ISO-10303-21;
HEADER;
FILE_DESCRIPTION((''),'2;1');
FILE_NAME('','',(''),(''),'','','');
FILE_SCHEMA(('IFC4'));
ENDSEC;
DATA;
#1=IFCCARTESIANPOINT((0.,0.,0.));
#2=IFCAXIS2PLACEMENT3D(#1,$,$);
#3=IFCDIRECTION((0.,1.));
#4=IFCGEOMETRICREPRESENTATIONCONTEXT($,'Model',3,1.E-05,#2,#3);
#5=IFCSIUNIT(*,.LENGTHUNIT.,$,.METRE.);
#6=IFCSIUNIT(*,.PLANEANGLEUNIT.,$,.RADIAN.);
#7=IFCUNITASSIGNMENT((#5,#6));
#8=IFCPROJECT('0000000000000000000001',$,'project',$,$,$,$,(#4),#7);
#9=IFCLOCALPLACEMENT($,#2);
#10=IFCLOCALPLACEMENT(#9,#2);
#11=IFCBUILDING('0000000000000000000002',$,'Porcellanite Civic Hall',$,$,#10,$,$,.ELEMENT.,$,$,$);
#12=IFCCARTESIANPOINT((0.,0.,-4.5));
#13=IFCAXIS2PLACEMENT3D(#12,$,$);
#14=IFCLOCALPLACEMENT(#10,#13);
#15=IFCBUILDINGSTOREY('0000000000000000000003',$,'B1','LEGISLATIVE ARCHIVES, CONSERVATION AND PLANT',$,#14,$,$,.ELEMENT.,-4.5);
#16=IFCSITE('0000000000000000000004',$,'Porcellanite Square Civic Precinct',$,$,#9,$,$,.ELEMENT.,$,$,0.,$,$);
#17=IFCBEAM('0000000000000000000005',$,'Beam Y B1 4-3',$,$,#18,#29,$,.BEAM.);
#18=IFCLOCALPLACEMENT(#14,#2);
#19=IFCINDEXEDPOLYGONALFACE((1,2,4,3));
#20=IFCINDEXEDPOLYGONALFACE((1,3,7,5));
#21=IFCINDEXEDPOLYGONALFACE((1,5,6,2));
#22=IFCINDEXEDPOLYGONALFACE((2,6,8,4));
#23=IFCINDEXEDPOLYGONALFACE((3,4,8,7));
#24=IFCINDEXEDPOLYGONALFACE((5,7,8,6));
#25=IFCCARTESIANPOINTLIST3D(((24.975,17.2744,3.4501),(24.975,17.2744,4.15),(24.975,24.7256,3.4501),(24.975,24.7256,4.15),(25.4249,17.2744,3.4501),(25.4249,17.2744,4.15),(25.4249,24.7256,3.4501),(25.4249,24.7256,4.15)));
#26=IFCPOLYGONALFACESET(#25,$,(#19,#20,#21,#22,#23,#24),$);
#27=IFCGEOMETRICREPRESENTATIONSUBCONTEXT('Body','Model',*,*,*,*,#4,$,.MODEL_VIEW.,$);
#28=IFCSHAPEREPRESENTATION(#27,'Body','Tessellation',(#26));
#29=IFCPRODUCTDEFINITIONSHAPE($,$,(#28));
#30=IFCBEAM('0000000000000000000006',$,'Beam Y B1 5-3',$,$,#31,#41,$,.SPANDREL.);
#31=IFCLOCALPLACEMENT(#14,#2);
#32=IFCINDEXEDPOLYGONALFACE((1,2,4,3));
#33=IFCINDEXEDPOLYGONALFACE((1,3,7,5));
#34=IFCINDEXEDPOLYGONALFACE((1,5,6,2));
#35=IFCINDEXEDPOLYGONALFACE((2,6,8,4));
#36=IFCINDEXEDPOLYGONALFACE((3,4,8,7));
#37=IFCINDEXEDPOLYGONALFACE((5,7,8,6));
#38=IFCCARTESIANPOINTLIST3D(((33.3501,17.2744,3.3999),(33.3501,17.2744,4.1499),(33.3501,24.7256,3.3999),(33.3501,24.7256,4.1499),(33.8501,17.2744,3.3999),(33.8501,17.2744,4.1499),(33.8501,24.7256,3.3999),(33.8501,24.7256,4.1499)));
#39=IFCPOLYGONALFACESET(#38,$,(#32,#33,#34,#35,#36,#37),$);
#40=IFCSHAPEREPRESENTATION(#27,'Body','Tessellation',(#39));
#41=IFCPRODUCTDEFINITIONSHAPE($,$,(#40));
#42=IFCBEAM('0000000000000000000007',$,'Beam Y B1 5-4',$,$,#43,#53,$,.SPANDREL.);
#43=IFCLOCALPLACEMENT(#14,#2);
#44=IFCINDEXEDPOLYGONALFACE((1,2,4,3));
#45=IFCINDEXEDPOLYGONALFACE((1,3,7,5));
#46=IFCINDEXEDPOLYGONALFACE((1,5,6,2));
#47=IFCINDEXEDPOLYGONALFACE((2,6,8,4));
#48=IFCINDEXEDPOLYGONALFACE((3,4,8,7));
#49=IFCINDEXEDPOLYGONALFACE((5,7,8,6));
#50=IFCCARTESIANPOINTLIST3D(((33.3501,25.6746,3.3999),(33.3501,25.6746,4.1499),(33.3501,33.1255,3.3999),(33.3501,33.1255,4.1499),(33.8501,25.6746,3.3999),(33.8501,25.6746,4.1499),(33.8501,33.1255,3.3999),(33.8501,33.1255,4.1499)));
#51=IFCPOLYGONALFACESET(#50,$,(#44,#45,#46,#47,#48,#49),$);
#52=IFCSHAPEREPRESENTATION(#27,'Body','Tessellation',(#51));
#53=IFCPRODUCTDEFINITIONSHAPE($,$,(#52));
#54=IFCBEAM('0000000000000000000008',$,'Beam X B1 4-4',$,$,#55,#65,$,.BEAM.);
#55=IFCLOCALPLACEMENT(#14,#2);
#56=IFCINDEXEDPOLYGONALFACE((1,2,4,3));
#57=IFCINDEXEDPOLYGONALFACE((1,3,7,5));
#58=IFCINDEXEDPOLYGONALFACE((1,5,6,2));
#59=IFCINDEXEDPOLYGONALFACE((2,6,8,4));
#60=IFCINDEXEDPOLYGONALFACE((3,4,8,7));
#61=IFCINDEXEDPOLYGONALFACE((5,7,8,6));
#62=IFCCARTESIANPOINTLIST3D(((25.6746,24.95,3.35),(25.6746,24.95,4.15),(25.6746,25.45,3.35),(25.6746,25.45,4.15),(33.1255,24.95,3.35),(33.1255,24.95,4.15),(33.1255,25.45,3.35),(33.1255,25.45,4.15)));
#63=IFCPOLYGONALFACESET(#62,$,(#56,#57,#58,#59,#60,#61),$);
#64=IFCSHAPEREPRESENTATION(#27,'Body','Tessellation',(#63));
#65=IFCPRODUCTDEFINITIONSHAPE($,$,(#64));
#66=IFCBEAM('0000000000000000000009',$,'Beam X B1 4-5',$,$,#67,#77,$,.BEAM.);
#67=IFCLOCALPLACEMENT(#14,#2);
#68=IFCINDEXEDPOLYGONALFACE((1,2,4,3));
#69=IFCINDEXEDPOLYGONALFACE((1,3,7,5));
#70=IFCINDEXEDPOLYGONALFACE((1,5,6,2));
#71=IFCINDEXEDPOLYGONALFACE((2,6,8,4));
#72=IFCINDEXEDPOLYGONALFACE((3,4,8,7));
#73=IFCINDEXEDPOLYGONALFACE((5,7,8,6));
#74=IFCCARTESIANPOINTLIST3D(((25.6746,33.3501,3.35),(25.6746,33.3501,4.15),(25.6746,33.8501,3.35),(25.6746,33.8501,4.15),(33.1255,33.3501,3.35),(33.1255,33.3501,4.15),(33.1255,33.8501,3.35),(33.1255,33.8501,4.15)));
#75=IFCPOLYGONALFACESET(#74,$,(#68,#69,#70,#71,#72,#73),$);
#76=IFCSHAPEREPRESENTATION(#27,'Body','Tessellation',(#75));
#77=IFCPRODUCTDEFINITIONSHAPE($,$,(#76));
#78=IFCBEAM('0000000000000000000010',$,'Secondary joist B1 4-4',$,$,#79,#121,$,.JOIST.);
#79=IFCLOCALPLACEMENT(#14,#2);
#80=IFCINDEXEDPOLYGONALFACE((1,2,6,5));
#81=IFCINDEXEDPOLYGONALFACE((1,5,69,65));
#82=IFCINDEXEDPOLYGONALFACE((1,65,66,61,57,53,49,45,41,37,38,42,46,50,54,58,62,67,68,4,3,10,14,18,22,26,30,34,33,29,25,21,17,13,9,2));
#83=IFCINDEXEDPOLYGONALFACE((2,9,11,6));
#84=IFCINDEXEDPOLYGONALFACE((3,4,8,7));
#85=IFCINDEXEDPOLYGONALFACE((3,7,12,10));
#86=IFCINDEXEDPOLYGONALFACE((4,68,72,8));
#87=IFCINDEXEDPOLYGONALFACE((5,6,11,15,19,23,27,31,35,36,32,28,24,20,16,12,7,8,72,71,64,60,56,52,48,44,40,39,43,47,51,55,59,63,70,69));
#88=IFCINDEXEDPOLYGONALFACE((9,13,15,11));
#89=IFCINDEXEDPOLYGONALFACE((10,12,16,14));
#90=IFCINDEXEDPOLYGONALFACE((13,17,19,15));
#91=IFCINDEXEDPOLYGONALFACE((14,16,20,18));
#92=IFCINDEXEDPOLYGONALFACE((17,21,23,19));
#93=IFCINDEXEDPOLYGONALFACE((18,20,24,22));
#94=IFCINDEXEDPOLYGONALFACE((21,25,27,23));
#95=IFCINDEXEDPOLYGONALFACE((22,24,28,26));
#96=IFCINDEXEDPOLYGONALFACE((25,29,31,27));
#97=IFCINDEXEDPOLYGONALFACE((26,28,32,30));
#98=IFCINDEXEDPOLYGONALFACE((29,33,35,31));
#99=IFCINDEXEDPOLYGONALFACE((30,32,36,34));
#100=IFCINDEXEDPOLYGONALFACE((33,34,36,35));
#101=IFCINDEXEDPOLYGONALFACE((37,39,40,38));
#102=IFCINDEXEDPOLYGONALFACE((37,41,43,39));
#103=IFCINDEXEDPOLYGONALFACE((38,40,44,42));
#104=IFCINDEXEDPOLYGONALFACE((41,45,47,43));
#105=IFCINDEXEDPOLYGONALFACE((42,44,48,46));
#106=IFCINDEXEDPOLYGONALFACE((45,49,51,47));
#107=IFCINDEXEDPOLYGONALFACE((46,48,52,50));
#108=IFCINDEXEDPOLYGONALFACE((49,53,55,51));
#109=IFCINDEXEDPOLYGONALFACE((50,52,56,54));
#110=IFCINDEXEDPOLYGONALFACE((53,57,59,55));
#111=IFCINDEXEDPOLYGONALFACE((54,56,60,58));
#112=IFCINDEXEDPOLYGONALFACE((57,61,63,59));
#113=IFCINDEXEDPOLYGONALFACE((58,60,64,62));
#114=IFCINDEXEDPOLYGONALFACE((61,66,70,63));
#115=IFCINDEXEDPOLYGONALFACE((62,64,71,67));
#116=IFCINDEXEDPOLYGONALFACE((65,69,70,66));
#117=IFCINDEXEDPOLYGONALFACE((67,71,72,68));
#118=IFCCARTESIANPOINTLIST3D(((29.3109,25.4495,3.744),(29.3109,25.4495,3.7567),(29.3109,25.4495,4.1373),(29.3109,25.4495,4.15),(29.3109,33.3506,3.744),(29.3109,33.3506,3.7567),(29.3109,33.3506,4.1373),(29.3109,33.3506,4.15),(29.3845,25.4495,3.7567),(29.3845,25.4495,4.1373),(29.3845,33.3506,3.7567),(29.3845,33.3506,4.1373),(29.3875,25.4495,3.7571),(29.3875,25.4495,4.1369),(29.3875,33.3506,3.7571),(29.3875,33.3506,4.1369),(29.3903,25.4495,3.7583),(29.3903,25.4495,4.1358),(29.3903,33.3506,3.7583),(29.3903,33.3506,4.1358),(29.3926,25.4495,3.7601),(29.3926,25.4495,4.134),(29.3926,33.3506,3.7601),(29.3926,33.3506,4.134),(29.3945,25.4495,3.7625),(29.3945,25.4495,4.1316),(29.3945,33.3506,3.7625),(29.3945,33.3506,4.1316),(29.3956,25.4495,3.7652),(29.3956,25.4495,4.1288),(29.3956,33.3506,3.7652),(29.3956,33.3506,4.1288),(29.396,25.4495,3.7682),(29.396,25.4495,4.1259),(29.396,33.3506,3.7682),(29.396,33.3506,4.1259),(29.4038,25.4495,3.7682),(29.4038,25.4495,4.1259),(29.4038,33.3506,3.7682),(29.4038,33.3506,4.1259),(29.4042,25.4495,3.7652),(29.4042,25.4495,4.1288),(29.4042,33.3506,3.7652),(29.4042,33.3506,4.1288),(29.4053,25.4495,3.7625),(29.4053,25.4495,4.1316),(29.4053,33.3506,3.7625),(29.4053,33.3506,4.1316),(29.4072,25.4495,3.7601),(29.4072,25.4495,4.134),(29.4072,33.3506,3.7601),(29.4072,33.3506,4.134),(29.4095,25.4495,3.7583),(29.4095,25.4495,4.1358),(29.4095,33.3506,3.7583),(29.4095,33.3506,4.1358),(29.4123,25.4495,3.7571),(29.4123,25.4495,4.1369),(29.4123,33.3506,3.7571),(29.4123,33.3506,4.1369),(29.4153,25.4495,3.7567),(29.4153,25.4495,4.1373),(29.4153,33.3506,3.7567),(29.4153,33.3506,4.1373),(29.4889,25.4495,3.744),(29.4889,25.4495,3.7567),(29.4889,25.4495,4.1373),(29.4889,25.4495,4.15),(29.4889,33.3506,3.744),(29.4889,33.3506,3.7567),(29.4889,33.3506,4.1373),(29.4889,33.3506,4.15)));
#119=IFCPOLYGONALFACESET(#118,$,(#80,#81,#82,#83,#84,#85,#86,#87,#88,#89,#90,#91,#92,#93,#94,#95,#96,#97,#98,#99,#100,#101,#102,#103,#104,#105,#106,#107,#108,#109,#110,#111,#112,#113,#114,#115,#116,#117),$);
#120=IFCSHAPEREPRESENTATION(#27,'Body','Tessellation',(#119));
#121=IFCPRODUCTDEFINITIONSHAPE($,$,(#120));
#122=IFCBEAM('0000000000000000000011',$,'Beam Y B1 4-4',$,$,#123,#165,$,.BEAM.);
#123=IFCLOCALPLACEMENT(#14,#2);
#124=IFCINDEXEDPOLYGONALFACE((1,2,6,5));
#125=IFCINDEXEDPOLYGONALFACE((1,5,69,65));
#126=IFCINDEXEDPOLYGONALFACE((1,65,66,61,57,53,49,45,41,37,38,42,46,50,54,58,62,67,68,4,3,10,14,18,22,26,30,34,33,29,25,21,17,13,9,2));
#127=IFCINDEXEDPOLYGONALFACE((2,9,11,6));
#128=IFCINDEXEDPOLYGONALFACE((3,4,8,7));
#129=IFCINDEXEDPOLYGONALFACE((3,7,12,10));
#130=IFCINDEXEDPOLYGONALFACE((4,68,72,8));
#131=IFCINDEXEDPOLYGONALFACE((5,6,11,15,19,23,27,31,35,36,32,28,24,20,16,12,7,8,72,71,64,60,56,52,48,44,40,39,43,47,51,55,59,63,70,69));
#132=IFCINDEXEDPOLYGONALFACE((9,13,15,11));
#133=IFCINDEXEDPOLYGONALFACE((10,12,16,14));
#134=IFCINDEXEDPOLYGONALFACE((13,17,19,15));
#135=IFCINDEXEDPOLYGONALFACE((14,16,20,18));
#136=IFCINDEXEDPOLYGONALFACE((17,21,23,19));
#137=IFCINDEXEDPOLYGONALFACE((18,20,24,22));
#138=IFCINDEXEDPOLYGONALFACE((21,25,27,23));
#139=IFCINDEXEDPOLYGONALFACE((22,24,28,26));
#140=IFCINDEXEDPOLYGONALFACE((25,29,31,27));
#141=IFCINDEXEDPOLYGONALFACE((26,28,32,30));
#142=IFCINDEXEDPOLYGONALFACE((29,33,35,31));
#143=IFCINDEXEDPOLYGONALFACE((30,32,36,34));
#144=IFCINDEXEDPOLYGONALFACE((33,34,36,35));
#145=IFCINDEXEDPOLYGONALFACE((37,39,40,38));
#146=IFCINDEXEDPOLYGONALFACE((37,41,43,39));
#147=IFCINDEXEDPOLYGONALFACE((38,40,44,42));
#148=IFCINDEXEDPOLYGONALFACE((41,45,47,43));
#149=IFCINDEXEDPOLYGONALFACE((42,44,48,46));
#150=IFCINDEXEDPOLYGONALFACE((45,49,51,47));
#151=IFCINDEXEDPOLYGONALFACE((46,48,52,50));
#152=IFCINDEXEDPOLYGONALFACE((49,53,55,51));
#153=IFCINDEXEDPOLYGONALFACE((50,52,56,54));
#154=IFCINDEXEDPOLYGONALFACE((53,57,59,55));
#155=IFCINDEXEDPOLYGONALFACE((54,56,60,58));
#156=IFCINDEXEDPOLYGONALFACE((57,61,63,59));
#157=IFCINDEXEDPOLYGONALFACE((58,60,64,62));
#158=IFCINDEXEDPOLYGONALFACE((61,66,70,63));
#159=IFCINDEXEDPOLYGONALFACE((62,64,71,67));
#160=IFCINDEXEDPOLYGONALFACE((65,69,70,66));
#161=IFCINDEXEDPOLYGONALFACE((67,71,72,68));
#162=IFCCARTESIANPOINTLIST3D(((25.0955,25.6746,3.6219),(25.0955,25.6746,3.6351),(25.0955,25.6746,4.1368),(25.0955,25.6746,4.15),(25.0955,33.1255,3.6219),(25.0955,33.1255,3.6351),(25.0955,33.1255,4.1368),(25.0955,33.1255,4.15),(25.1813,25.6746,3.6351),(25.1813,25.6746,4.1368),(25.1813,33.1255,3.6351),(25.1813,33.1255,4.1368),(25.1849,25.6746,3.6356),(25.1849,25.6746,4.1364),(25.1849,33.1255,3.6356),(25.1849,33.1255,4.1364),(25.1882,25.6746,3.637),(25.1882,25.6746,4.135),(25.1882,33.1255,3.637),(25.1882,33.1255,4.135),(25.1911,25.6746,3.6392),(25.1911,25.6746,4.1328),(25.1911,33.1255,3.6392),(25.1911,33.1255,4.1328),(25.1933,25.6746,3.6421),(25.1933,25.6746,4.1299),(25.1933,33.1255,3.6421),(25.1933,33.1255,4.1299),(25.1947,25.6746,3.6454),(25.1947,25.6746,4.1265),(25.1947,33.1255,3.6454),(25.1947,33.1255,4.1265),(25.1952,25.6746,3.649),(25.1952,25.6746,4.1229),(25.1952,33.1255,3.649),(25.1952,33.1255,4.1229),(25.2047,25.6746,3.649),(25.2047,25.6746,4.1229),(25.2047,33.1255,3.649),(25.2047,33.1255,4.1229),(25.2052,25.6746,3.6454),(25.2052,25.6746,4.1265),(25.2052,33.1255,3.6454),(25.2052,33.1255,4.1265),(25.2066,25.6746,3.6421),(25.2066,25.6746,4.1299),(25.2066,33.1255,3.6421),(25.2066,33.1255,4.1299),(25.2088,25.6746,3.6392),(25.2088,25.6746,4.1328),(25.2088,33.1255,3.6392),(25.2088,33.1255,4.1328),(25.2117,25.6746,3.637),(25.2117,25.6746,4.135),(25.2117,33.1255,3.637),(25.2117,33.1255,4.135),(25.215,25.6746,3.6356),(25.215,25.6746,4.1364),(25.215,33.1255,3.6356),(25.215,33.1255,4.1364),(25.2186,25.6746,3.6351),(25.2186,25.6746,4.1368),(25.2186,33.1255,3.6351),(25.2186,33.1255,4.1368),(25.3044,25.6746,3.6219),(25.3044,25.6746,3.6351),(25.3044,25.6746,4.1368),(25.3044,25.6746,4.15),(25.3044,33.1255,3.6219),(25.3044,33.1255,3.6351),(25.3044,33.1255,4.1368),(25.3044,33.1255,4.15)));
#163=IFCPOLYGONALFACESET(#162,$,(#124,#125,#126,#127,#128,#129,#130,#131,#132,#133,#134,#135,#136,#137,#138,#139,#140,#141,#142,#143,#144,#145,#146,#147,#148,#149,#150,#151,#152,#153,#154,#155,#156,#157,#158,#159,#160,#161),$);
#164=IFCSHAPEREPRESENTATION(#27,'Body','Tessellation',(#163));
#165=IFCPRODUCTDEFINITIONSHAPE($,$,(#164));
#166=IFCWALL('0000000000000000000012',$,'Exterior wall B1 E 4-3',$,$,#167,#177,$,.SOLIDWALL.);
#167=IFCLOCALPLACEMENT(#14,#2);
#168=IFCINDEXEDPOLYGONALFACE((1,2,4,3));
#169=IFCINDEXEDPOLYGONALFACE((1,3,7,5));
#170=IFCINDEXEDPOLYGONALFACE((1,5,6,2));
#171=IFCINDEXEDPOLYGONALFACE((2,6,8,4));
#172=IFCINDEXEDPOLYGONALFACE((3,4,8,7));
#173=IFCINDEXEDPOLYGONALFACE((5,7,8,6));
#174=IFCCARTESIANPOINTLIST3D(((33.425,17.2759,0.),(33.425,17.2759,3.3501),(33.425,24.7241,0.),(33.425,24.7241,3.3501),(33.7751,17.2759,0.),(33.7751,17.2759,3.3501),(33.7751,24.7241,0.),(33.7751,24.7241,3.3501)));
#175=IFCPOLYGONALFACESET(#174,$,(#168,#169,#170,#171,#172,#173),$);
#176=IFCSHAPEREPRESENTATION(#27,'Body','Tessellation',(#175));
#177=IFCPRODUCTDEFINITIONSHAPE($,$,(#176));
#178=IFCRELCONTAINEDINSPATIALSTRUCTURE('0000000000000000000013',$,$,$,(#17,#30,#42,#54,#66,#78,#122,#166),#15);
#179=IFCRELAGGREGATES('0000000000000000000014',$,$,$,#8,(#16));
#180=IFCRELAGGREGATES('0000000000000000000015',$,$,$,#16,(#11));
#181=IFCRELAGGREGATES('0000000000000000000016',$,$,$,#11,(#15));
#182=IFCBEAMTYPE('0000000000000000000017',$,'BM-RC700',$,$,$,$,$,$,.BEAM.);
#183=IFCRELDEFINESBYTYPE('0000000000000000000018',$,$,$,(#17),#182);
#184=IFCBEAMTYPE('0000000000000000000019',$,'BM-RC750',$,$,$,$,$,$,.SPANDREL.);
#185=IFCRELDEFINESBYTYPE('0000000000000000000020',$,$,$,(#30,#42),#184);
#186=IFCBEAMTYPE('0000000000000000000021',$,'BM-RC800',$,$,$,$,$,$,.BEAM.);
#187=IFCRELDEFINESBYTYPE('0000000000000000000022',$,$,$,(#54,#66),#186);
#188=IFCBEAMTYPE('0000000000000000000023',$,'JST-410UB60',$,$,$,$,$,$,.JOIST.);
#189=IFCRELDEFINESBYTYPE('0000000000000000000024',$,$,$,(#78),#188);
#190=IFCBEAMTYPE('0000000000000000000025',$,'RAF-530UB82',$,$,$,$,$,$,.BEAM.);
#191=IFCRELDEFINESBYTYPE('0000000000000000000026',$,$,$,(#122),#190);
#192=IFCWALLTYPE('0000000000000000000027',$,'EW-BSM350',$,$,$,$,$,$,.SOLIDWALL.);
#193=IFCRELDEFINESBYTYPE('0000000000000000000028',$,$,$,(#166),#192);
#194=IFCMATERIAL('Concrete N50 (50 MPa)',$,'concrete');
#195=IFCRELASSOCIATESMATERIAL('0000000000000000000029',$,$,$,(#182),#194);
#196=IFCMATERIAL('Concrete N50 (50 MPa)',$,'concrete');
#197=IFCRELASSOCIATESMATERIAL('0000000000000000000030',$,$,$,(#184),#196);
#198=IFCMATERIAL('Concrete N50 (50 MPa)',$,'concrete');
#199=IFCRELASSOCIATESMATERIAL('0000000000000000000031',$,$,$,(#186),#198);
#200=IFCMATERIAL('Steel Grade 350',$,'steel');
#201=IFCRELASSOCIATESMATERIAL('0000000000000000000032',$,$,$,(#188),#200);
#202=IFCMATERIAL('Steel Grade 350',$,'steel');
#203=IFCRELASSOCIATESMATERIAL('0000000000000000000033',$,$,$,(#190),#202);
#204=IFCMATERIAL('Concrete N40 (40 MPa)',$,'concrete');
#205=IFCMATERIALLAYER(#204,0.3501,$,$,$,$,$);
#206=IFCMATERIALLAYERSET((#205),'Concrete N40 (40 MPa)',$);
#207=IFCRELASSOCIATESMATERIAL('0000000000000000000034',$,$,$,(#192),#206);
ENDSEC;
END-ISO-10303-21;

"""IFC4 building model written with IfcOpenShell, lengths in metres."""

from ifc_helpers import new_model, si_unit, direction, frame, frame_2d, origin, origin_2d, place, context, subcontext, project, spatial, rectangle, i_section, extrude, material, layer, layer_set, material_profile, profile_set, type_object, element, save


model = new_model("IFC4")

# Units and contexts
model_context = context("Model", 3, precision=1e-05, world=origin(), true_north=direction((0.0, 1.0)))
body_context = subcontext(model_context, "Body", "Model", "MODEL_VIEW")
ifc_project = project(units=[si_unit("LENGTHUNIT", "METRE"), si_unit("PLANEANGLEUNIT", "RADIAN")], contexts=[model_context])

# Site, building, storey
site_placement = place(None, origin())
site = spatial("IfcSite", under=ifc_project, at=site_placement, Name="Porcellanite Square Civic Precinct", CompositionType="ELEMENT", RefElevation=0.0)
building_placement = place(site_placement, origin())
building = spatial("IfcBuilding", under=site, at=building_placement, Name="Porcellanite Civic Hall", CompositionType="ELEMENT")
storey_placement = place(building_placement, frame((0.0, 0.0, -4.5)))
storey = spatial("IfcBuildingStorey", under=building, at=storey_placement, Name="B1", Description="LEGISLATIVE ARCHIVES, CONSERVATION AND PLANT", CompositionType="ELEMENT", Elevation=-4.5)

# Beams
ifc_material_1 = material(Name="Concrete N50 (50 MPa)", Category="concrete")
ifc_material_profile_1 = material_profile(ifc_material_1, rectangle(XDim=0.45, YDim=0.7, at=origin_2d()), Name="RC-450x700")
ifc_profile_set_1 = profile_set([ifc_material_profile_1], Name="Concrete N50 (50 MPa)")
beam_type_1 = type_object("IfcBeamType", Name="BM-RC700", PredefinedType="BEAM", material=ifc_profile_set_1)
beam_1_placement = place(storey_placement, frame((25.2, 17.2744, 3.8), z_axis=(0.0, 1.0, 0.0), x_axis=(-1.0, 0.0, 0.0)))
element("IfcBeam", 1, at=beam_1_placement, inside=storey, type_object=beam_type_1, Name="Beam Y B1 4-3", PredefinedType="BEAM", context=body_context, shape_type="SweptSolid", body=[
    extrude(rectangle(XDim=0.45, YDim=0.7, at=origin_2d()), origin(), (0.0, 0.0, 1.0), 7.4512),
])
ifc_material_2 = material(Name="Concrete N50 (50 MPa)", Category="concrete")
ifc_material_profile_2 = material_profile(ifc_material_2, rectangle(XDim=0.5, YDim=0.75, at=origin_2d()), Name="RC-500x750")
ifc_profile_set_2 = profile_set([ifc_material_profile_2], Name="Concrete N50 (50 MPa)")
beam_type_2 = type_object("IfcBeamType", Name="BM-RC750", PredefinedType="SPANDREL", material=ifc_profile_set_2)
beam_2_placement = place(storey_placement, frame((33.6001, 17.2744, 3.7749), z_axis=(0.0, 1.0, 0.0), x_axis=(-1.0, 0.0, 0.0)))
element("IfcBeam", 2, at=beam_2_placement, inside=storey, type_object=beam_type_2, Name="Beam Y B1 5-3", PredefinedType="SPANDREL", context=body_context, shape_type="SweptSolid", body=[
    extrude(rectangle(XDim=0.5, YDim=0.75, at=origin_2d()), origin(), (0.0, 0.0, 1.0), 7.4512),
])
beam_3_placement = place(storey_placement, frame((33.6001, 25.6746, 3.7749), z_axis=(0.0, 1.0, 0.0), x_axis=(-1.0, 0.0, 0.0)))
element("IfcBeam", 3, at=beam_3_placement, inside=storey, type_object=beam_type_2, Name="Beam Y B1 5-4", PredefinedType="SPANDREL", context=body_context, shape_type="SweptSolid", body=[
    extrude(rectangle(XDim=0.5, YDim=0.75, at=origin_2d()), origin(), (0.0, 0.0, 1.0), 7.4509),
])
ifc_material_3 = material(Name="Concrete N50 (50 MPa)", Category="concrete")
ifc_material_profile_3 = material_profile(ifc_material_3, rectangle(XDim=0.5, YDim=0.8, at=origin_2d()), Name="RC-500x800")
ifc_profile_set_3 = profile_set([ifc_material_profile_3], Name="Concrete N50 (50 MPa)")
beam_type_3 = type_object("IfcBeamType", Name="BM-RC800", PredefinedType="BEAM", material=ifc_profile_set_3)
for number, where, z_axis, x_axis, name in (
    (4, (25.6746, 25.2, 3.75), (1.0, 0.0, 0.0), (0.0, 1.0, 0.0), "Beam X B1 4-4"),
    (5, (25.6746, 33.6001, 3.75), (1.0, 0.0, 0.0), (0.0, 1.0, 0.0), "Beam X B1 4-5"),
):
    element("IfcBeam", number, at=place(storey_placement, frame(where, z_axis=z_axis, x_axis=x_axis)), inside=storey, type_object=beam_type_3, Name=name, PredefinedType="BEAM", context=body_context, shape_type="SweptSolid", body=[
        extrude(rectangle(XDim=0.5, YDim=0.8, at=origin_2d()), origin(), (0.0, 0.0, 1.0), 7.4509),
    ])
ifc_material_4 = material(Name="Steel Grade 350", Category="steel")
ifc_material_profile_4 = material_profile(ifc_material_4, i_section(OverallWidth=0.178, OverallDepth=0.406, WebThickness=0.0078, FlangeThickness=0.0127, FilletRadius=0.0115, at=origin_2d()), Name="410UB59.7")
ifc_profile_set_4 = profile_set([ifc_material_profile_4], Name="Steel Grade 350")
beam_type_4 = type_object("IfcBeamType", Name="JST-410UB60", PredefinedType="JOIST", material=ifc_profile_set_4)
beam_4_placement = place(storey_placement, frame((29.3999, 25.4495, 3.947), z_axis=(0.0, 1.0, 0.0), x_axis=(-1.0, 0.0, 0.0)))
element("IfcBeam", 6, at=beam_4_placement, inside=storey, type_object=beam_type_4, Name="Secondary joist B1 4-4", PredefinedType="JOIST", context=body_context, shape_type="SweptSolid", body=[
    extrude(i_section(OverallWidth=0.178, OverallDepth=0.406, WebThickness=0.0078, FlangeThickness=0.0127, FilletRadius=0.0115, at=origin_2d()), origin(), (0.0, 0.0, 1.0), 7.9011),
])
ifc_material_5 = material(Name="Steel Grade 350", Category="steel")
ifc_material_profile_5 = material_profile(ifc_material_5, i_section(OverallWidth=0.209, OverallDepth=0.5281, WebThickness=0.0095, FlangeThickness=0.0132, FilletRadius=0.0139, at=origin_2d()), Name="530UB82.0")
ifc_profile_set_5 = profile_set([ifc_material_profile_5], Name="Steel Grade 350")
beam_type_5 = type_object("IfcBeamType", Name="RAF-530UB82", PredefinedType="BEAM", material=ifc_profile_set_5)
beam_5_placement = place(storey_placement, frame((25.2, 25.6746, 3.886), z_axis=(0.0, 1.0, 0.0), x_axis=(-1.0, 0.0, 0.0)))
element("IfcBeam", 7, at=beam_5_placement, inside=storey, type_object=beam_type_5, Name="Beam Y B1 4-4", PredefinedType="BEAM", context=body_context, shape_type="SweptSolid", body=[
    extrude(i_section(OverallWidth=0.209, OverallDepth=0.5281, WebThickness=0.0095, FlangeThickness=0.0132, FilletRadius=0.0139, at=origin_2d()), origin(), (0.0, 0.0, 1.0), 7.4509),
])

# Wall
ifc_material_6 = material(Name="Concrete N40 (40 MPa)", Category="concrete")
ifc_layer = layer(ifc_material_6, 0.3501)
ifc_layer_set = layer_set([ifc_layer], Name="Concrete N40 (40 MPa)")
wall_type = type_object("IfcWallType", Name="EW-BSM350", PredefinedType="SOLIDWALL", material=ifc_layer_set)
wall_1_placement = place(storey_placement, frame((33.6001, 24.7241, 0.0), z_axis=(0.0, 0.0, 1.0), x_axis=(0.0, -1.0, 0.0)))
element("IfcWall", 8, at=wall_1_placement, inside=storey, type_object=wall_type, Name="Exterior wall B1 E 4-3", PredefinedType="SOLIDWALL", context=body_context, shape_type="SweptSolid", body=[
    extrude(rectangle(XDim=7.4482, YDim=0.3501, at=frame_2d((3.7241, 0.0))), origin(), (0.0, 0.0, 1.0), 3.3501),
])

save(model, "model.ifc")
